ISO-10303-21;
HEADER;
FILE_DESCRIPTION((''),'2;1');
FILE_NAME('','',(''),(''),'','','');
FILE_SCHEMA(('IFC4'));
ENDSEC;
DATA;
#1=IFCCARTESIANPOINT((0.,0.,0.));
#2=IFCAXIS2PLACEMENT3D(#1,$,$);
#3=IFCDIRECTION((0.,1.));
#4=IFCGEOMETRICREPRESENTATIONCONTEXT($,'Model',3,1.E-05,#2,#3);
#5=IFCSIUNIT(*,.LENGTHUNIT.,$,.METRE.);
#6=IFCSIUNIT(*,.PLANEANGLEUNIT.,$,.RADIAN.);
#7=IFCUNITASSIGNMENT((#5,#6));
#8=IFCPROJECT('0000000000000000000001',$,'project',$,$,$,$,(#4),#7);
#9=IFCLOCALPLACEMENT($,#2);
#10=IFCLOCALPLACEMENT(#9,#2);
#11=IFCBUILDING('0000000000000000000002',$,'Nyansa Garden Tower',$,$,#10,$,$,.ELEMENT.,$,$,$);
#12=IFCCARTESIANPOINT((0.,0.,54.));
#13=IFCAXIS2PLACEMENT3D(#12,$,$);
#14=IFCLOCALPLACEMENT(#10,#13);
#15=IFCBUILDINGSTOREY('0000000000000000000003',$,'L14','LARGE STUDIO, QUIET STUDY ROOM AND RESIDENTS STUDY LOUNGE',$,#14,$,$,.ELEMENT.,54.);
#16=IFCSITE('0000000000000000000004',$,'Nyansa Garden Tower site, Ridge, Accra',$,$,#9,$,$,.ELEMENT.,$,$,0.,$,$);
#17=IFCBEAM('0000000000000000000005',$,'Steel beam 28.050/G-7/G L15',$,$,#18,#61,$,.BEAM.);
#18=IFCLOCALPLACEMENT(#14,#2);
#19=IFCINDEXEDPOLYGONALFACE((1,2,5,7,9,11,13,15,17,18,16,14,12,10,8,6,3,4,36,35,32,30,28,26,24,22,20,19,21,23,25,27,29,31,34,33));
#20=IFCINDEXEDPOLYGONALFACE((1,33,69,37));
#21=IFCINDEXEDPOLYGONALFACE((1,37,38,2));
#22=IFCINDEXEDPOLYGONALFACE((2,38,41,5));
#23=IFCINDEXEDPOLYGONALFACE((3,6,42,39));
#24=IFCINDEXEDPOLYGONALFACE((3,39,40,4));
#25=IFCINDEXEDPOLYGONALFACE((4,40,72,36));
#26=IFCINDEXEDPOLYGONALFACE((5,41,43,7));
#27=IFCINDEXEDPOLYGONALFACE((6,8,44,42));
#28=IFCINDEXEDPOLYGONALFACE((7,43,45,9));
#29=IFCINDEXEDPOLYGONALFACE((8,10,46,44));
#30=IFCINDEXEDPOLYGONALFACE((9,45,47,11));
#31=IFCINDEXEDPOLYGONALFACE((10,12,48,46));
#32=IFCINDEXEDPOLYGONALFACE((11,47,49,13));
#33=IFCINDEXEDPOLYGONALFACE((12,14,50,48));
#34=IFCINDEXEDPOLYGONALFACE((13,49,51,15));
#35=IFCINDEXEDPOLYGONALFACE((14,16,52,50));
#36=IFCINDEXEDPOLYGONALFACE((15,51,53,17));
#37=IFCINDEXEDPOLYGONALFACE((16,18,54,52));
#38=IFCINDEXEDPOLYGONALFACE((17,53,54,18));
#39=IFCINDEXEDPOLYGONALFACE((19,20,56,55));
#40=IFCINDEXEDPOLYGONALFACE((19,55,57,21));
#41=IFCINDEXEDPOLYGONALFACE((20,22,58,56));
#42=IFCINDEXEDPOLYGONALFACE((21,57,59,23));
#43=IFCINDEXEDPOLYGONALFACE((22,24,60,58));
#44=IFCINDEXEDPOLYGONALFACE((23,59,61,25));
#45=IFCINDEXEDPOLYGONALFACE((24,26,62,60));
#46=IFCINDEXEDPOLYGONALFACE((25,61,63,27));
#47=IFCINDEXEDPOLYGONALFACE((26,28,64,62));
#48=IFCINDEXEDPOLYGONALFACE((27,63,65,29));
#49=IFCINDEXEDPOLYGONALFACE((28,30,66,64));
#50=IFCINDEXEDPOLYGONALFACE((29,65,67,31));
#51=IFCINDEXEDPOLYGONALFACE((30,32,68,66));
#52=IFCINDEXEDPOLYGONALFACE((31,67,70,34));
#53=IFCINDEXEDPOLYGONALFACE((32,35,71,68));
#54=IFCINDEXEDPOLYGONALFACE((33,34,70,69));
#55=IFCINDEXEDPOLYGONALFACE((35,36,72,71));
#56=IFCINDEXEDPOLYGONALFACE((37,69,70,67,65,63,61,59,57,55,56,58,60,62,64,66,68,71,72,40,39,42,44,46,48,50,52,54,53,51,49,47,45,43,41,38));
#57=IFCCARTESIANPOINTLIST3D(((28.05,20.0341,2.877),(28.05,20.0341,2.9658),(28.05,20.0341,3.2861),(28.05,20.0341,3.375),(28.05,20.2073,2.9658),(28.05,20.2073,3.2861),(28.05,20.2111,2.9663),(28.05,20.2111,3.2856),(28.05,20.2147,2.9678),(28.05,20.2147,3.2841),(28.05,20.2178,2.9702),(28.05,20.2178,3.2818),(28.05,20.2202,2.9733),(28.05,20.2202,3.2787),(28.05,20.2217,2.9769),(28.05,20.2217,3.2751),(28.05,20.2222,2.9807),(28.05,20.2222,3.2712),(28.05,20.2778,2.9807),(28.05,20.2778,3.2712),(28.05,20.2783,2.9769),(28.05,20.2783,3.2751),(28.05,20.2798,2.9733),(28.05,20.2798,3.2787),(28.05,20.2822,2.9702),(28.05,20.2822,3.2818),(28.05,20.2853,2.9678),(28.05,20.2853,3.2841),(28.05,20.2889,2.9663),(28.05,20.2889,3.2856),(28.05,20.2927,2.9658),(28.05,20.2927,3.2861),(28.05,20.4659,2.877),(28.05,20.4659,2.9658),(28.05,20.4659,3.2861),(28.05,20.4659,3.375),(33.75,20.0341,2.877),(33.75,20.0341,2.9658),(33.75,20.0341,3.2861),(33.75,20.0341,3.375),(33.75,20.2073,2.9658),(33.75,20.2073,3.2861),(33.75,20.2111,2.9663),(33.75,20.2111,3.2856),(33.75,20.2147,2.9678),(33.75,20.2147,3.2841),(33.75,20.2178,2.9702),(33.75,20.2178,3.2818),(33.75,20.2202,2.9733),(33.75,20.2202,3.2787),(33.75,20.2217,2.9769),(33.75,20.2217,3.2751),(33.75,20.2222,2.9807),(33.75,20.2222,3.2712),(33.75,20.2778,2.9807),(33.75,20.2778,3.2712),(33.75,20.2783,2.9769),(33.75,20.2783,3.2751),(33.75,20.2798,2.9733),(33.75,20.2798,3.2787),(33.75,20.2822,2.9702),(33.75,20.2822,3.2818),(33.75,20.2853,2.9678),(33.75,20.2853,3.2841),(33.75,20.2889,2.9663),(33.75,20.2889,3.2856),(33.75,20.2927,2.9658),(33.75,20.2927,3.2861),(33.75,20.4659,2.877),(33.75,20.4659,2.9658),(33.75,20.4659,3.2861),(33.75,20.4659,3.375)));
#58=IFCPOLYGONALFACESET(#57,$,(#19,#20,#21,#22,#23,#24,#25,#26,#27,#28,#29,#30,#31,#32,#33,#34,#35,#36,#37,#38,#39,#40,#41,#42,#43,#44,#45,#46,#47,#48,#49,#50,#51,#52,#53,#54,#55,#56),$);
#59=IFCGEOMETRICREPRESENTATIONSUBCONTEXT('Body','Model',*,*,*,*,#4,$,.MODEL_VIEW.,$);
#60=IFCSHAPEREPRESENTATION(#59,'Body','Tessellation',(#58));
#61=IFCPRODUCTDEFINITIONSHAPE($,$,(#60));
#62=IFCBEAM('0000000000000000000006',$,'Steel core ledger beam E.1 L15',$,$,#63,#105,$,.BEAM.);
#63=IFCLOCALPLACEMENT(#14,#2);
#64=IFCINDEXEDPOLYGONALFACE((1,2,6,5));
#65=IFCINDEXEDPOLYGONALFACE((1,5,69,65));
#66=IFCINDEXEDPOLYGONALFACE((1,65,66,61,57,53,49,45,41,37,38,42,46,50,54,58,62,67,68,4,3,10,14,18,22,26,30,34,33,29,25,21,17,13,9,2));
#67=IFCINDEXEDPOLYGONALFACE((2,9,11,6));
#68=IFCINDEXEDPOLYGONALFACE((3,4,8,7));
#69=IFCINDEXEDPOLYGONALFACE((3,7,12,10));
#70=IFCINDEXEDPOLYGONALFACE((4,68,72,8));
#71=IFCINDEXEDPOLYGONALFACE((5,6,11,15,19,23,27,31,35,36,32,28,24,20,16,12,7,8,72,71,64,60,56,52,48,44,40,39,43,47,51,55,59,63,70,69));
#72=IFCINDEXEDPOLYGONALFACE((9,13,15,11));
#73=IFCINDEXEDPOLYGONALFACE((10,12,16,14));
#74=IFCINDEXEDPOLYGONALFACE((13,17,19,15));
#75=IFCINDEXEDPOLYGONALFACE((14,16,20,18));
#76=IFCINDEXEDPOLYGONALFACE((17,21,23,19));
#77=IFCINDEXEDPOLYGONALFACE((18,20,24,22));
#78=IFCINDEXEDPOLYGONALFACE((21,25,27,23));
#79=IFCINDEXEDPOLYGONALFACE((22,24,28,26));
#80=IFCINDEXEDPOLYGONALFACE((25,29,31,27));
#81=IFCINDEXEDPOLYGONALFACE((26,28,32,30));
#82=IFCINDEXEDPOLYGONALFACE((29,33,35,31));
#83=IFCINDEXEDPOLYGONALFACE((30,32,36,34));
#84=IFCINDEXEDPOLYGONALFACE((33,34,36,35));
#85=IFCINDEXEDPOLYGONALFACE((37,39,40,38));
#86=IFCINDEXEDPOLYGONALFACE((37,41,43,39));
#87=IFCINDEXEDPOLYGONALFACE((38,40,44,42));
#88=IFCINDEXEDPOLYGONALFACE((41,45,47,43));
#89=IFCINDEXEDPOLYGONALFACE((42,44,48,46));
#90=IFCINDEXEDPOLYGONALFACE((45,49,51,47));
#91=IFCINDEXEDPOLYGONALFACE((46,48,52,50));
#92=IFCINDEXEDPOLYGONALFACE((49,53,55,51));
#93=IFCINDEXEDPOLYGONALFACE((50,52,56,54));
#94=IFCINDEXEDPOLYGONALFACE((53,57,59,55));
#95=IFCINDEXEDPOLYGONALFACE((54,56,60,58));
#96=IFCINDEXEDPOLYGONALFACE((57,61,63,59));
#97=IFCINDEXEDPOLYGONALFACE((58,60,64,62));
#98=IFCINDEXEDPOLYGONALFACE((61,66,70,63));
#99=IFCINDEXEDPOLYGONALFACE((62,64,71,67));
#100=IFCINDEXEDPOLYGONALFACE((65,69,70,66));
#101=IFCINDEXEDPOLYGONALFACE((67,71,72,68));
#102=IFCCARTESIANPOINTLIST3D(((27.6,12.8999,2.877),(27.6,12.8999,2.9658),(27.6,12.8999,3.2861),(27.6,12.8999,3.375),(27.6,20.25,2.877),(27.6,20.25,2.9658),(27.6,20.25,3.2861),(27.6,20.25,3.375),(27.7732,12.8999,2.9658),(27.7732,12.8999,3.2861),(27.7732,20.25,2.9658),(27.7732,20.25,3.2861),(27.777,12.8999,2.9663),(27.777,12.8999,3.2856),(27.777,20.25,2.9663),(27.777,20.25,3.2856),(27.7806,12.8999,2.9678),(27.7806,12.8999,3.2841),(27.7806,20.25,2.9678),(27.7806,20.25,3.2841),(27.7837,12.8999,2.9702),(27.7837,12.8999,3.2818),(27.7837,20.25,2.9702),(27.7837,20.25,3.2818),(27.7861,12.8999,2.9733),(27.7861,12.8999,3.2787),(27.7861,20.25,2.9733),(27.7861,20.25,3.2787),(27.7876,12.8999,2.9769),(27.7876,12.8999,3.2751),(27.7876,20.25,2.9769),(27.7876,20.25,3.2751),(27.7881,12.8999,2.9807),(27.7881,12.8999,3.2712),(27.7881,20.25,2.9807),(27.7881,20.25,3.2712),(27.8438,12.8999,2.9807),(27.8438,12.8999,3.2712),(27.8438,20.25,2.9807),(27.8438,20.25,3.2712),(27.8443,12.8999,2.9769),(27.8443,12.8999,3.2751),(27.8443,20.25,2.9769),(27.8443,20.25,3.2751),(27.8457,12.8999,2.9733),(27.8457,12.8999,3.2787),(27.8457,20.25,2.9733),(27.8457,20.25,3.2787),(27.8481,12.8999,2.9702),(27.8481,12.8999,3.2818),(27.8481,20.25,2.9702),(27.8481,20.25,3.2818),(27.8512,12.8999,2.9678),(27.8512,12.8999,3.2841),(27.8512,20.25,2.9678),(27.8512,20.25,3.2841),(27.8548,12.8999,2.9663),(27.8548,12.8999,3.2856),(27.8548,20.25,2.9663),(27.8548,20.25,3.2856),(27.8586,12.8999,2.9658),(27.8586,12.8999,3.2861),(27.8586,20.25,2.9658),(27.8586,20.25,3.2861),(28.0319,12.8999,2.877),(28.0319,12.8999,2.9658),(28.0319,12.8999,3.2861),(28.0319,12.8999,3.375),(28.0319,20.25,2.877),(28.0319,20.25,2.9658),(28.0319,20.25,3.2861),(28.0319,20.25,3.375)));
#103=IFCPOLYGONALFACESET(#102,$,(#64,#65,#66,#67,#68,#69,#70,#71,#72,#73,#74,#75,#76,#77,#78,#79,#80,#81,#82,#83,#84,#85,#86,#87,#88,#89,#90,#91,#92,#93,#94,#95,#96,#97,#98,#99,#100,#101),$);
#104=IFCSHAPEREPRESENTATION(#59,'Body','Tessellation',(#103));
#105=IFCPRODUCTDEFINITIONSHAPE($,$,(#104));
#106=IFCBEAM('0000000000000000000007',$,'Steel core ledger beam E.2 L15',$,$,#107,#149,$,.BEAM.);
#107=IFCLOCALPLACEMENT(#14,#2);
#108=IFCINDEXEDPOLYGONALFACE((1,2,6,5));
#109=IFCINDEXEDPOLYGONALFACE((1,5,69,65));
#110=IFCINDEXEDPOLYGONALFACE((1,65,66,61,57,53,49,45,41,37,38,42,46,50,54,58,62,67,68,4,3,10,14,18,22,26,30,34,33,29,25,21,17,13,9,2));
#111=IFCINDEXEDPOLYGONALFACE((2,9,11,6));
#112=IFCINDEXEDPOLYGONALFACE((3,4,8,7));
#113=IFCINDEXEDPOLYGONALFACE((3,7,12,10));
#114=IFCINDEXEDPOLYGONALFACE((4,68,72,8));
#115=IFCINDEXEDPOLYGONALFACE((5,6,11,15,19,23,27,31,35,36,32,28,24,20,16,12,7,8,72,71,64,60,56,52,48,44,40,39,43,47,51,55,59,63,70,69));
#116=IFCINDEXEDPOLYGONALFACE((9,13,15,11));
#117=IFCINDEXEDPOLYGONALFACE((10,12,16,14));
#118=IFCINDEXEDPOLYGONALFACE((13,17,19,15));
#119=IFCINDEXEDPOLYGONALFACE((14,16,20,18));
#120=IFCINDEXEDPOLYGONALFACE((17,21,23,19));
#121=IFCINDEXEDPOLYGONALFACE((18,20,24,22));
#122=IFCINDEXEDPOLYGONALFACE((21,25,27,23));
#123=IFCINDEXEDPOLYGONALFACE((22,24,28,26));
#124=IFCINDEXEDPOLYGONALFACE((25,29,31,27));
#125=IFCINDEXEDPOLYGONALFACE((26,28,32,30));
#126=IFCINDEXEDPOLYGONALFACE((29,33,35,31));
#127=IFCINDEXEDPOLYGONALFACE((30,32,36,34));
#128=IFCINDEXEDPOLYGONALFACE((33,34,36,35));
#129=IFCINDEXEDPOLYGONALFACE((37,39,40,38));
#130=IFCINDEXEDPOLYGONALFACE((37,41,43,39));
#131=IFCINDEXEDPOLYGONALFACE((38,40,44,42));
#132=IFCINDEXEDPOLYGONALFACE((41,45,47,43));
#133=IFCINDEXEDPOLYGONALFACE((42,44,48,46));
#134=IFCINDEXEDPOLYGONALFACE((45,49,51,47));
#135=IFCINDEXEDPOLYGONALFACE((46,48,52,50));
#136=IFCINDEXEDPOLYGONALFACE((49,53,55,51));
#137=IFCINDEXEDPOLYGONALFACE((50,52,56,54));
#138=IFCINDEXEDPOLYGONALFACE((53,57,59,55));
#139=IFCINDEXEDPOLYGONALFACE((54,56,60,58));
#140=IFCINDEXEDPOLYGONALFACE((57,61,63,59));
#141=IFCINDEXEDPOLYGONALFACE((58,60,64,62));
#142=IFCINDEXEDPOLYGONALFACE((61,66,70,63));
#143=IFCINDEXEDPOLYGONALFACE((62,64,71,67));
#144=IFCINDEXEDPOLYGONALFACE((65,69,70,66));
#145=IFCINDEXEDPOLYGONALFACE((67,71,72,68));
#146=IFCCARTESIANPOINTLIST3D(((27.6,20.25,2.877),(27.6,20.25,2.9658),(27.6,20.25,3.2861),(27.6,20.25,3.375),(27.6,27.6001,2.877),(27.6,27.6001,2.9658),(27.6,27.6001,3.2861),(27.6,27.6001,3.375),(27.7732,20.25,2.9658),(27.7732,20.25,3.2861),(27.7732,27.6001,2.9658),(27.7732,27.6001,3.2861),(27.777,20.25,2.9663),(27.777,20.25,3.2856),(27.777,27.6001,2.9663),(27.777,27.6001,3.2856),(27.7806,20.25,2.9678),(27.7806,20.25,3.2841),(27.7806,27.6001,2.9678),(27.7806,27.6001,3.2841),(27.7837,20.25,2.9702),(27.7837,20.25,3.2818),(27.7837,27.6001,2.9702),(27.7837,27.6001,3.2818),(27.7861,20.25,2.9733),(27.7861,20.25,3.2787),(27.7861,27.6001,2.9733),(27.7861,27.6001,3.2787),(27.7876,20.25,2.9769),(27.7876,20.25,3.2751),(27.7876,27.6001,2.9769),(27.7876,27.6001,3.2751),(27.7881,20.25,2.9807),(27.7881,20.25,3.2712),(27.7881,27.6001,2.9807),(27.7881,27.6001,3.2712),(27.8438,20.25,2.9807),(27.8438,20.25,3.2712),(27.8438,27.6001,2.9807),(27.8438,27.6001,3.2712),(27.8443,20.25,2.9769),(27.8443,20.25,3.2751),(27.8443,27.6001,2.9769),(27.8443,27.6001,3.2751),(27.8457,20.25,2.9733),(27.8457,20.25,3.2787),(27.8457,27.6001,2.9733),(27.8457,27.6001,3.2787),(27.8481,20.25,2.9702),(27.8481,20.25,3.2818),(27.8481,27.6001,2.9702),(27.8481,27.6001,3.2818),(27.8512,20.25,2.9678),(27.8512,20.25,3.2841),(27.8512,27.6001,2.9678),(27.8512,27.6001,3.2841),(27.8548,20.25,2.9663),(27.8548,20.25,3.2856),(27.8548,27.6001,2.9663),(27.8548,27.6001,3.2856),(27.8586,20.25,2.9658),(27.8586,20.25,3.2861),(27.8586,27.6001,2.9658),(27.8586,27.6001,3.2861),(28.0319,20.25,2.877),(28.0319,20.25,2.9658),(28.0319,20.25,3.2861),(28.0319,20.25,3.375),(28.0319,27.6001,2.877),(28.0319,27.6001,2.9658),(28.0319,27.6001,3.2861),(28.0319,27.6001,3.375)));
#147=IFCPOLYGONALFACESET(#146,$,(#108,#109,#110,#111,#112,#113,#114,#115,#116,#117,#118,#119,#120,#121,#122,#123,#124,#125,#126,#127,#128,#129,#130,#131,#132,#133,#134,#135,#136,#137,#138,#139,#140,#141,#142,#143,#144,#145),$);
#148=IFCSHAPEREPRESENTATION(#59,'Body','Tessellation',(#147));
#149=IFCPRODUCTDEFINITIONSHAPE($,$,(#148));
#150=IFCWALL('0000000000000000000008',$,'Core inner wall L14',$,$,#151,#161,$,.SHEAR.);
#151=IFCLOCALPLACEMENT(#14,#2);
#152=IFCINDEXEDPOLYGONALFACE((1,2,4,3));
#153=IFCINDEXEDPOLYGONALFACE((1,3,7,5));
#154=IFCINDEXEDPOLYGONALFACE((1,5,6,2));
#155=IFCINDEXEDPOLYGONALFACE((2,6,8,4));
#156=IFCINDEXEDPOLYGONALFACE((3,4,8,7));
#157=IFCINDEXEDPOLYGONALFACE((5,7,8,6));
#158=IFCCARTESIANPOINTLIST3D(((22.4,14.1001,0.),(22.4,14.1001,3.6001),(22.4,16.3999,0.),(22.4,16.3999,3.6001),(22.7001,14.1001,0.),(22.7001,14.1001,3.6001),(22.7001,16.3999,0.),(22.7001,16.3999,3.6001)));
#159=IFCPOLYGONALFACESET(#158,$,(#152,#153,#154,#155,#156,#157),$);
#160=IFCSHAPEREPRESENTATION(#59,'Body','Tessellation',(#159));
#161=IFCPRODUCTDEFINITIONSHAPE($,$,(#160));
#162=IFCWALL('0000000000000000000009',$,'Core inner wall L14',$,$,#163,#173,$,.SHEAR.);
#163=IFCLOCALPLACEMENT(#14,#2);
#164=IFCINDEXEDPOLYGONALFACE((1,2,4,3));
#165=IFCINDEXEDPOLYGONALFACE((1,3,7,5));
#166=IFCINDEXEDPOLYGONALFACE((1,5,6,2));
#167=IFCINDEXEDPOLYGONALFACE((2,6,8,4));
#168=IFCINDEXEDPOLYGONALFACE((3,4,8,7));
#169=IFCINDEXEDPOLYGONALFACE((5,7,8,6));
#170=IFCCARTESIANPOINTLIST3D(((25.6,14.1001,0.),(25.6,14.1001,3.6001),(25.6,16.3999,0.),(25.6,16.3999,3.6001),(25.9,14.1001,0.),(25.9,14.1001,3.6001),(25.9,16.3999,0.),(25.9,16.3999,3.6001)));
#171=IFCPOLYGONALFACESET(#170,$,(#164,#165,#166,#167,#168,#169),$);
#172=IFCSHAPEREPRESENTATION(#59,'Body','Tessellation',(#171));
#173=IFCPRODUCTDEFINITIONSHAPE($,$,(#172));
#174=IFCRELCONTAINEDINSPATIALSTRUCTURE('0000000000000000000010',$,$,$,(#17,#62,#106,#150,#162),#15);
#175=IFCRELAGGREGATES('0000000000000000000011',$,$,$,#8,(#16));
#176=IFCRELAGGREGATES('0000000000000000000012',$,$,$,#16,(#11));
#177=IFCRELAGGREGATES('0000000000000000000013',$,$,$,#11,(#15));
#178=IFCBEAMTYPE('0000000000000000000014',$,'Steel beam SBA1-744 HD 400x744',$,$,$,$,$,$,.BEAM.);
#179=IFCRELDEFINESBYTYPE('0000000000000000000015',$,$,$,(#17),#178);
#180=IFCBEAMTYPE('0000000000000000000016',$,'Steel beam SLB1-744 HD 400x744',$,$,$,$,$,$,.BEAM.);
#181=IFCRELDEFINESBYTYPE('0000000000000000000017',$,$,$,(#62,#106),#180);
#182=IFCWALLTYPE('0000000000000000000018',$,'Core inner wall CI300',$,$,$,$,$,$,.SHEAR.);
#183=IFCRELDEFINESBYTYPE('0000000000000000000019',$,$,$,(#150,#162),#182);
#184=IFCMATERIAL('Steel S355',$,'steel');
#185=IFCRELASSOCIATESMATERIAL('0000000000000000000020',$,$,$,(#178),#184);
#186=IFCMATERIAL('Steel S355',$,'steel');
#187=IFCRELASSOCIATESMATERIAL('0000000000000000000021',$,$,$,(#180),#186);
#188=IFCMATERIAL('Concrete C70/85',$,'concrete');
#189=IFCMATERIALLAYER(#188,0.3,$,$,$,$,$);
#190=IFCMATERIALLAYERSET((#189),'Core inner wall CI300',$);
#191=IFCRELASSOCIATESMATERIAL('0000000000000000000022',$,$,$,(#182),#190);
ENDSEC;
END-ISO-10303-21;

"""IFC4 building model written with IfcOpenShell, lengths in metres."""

from ifc_helpers import new_model, si_unit, direction, frame, frame_2d, origin, origin_2d, place, context, subcontext, project, spatial, rectangle, i_section, extrude, material, layer, layer_set, material_profile, profile_set, type_object, element, save


model = new_model("IFC4")

# Units and contexts
model_context = context("Model", 3, precision=1e-05, world=origin(), true_north=direction((0.0, 1.0)))
body_context = subcontext(model_context, "Body", "Model", "MODEL_VIEW")
ifc_project = project(units=[si_unit("LENGTHUNIT", "METRE"), si_unit("PLANEANGLEUNIT", "RADIAN")], contexts=[model_context])

# Site, building, storey
site_placement = place(None, origin())
site = spatial("IfcSite", under=ifc_project, at=site_placement, Name="Nyansa Garden Tower site, Ridge, Accra", CompositionType="ELEMENT", RefElevation=0.0)
building_placement = place(site_placement, origin())
building = spatial("IfcBuilding", under=site, at=building_placement, Name="Nyansa Garden Tower", CompositionType="ELEMENT")
storey_placement = place(building_placement, frame((0.0, 0.0, 54.0)))
storey = spatial("IfcBuildingStorey", under=building, at=storey_placement, Name="L14", Description="LARGE STUDIO, QUIET STUDY ROOM AND RESIDENTS STUDY LOUNGE", CompositionType="ELEMENT", Elevation=54.0)

# Beams
ifc_material_1 = material(Name="Steel S355", Category="steel")
ifc_material_profile_1 = material_profile(ifc_material_1, i_section(OverallWidth=0.4319, OverallDepth=0.498, WebThickness=0.0557, FlangeThickness=0.0889, FilletRadius=0.0149, at=origin_2d()), Name="HD 400x744")
ifc_profile_set_1 = profile_set([ifc_material_profile_1], Name="Steel S355")
beam_type_1 = type_object("IfcBeamType", Name="Steel beam SBA1-744 HD 400x744", PredefinedType="BEAM", material=ifc_profile_set_1)
for number, where, z_axis, x_axis, name in (
    (1, (28.05, 20.25, 3.126), (1.0, 0.0, 0.0), (0.0, 1.0, 0.0), "Steel beam 28.050/G-7/G L15"),
):
    element("IfcBeam", number, at=place(storey_placement, frame(where, z_axis=z_axis, x_axis=x_axis)), inside=storey, type_object=beam_type_1, Name=name, PredefinedType="BEAM", context=body_context, shape_type="SweptSolid", body=[
        extrude(i_section(OverallWidth=0.4319, OverallDepth=0.498, WebThickness=0.0557, FlangeThickness=0.0889, FilletRadius=0.0149, at=origin_2d()), origin(), (0.0, 0.0, 1.0), 5.7),
    ])
ifc_material_2 = material(Name="Steel S355", Category="steel")
ifc_material_profile_2 = material_profile(ifc_material_2, i_section(OverallWidth=0.4319, OverallDepth=0.498, WebThickness=0.0557, FlangeThickness=0.0889, FilletRadius=0.0149, at=origin_2d()), Name="HD 400x744")
ifc_profile_set_2 = profile_set([ifc_material_profile_2], Name="Steel S355")
beam_type_2 = type_object("IfcBeamType", Name="Steel beam SLB1-744 HD 400x744", PredefinedType="BEAM", material=ifc_profile_set_2)
for number, where, z_axis, x_axis, name in (
    (2, (27.8159, 12.8999, 3.126), (0.0, 1.0, 0.0), (-1.0, 0.0, 0.0), "Steel core ledger beam E.1 L15"),
    (3, (27.8159, 20.25, 3.126), (0.0, 1.0, 0.0), (-1.0, 0.0, 0.0), "Steel core ledger beam E.2 L15"),
):
    element("IfcBeam", number, at=place(storey_placement, frame(where, z_axis=z_axis, x_axis=x_axis)), inside=storey, type_object=beam_type_2, Name=name, PredefinedType="BEAM", context=body_context, shape_type="SweptSolid", body=[
        extrude(i_section(OverallWidth=0.4319, OverallDepth=0.498, WebThickness=0.0557, FlangeThickness=0.0889, FilletRadius=0.0149, at=origin_2d()), origin(), (0.0, 0.0, 1.0), 7.3501),
    ])

# Walls
ifc_material_3 = material(Name="Concrete C70/85", Category="concrete")
ifc_layer_1 = layer(ifc_material_3, 0.3)
ifc_layer_set_1 = layer_set([ifc_layer_1], Name="Core inner wall CI300")
wall_type_1 = type_object("IfcWallType", Name="Core inner wall CI300", PredefinedType="SHEAR", material=ifc_layer_set_1)
for number, where, z_axis, x_axis, name in (
    (4, (22.55, 14.1001, 0.0), (0.0, 0.0, 1.0), (0.0, 1.0, 0.0), "Core inner wall L14"),
    (5, (25.75, 14.1001, 0.0), (0.0, 0.0, 1.0), (0.0, 1.0, 0.0), "Core inner wall L14"),
):
    element("IfcWall", number, at=place(storey_placement, frame(where, z_axis=z_axis, x_axis=x_axis)), inside=storey, type_object=wall_type_1, Name=name, PredefinedType="SHEAR", context=body_context, shape_type="SweptSolid", body=[
        extrude(rectangle(XDim=2.2998, YDim=0.3, at=frame_2d((1.1499, 0.0))), origin(), (0.0, 0.0, 1.0), 3.6001),
    ])

save(model, "model.ifc")
